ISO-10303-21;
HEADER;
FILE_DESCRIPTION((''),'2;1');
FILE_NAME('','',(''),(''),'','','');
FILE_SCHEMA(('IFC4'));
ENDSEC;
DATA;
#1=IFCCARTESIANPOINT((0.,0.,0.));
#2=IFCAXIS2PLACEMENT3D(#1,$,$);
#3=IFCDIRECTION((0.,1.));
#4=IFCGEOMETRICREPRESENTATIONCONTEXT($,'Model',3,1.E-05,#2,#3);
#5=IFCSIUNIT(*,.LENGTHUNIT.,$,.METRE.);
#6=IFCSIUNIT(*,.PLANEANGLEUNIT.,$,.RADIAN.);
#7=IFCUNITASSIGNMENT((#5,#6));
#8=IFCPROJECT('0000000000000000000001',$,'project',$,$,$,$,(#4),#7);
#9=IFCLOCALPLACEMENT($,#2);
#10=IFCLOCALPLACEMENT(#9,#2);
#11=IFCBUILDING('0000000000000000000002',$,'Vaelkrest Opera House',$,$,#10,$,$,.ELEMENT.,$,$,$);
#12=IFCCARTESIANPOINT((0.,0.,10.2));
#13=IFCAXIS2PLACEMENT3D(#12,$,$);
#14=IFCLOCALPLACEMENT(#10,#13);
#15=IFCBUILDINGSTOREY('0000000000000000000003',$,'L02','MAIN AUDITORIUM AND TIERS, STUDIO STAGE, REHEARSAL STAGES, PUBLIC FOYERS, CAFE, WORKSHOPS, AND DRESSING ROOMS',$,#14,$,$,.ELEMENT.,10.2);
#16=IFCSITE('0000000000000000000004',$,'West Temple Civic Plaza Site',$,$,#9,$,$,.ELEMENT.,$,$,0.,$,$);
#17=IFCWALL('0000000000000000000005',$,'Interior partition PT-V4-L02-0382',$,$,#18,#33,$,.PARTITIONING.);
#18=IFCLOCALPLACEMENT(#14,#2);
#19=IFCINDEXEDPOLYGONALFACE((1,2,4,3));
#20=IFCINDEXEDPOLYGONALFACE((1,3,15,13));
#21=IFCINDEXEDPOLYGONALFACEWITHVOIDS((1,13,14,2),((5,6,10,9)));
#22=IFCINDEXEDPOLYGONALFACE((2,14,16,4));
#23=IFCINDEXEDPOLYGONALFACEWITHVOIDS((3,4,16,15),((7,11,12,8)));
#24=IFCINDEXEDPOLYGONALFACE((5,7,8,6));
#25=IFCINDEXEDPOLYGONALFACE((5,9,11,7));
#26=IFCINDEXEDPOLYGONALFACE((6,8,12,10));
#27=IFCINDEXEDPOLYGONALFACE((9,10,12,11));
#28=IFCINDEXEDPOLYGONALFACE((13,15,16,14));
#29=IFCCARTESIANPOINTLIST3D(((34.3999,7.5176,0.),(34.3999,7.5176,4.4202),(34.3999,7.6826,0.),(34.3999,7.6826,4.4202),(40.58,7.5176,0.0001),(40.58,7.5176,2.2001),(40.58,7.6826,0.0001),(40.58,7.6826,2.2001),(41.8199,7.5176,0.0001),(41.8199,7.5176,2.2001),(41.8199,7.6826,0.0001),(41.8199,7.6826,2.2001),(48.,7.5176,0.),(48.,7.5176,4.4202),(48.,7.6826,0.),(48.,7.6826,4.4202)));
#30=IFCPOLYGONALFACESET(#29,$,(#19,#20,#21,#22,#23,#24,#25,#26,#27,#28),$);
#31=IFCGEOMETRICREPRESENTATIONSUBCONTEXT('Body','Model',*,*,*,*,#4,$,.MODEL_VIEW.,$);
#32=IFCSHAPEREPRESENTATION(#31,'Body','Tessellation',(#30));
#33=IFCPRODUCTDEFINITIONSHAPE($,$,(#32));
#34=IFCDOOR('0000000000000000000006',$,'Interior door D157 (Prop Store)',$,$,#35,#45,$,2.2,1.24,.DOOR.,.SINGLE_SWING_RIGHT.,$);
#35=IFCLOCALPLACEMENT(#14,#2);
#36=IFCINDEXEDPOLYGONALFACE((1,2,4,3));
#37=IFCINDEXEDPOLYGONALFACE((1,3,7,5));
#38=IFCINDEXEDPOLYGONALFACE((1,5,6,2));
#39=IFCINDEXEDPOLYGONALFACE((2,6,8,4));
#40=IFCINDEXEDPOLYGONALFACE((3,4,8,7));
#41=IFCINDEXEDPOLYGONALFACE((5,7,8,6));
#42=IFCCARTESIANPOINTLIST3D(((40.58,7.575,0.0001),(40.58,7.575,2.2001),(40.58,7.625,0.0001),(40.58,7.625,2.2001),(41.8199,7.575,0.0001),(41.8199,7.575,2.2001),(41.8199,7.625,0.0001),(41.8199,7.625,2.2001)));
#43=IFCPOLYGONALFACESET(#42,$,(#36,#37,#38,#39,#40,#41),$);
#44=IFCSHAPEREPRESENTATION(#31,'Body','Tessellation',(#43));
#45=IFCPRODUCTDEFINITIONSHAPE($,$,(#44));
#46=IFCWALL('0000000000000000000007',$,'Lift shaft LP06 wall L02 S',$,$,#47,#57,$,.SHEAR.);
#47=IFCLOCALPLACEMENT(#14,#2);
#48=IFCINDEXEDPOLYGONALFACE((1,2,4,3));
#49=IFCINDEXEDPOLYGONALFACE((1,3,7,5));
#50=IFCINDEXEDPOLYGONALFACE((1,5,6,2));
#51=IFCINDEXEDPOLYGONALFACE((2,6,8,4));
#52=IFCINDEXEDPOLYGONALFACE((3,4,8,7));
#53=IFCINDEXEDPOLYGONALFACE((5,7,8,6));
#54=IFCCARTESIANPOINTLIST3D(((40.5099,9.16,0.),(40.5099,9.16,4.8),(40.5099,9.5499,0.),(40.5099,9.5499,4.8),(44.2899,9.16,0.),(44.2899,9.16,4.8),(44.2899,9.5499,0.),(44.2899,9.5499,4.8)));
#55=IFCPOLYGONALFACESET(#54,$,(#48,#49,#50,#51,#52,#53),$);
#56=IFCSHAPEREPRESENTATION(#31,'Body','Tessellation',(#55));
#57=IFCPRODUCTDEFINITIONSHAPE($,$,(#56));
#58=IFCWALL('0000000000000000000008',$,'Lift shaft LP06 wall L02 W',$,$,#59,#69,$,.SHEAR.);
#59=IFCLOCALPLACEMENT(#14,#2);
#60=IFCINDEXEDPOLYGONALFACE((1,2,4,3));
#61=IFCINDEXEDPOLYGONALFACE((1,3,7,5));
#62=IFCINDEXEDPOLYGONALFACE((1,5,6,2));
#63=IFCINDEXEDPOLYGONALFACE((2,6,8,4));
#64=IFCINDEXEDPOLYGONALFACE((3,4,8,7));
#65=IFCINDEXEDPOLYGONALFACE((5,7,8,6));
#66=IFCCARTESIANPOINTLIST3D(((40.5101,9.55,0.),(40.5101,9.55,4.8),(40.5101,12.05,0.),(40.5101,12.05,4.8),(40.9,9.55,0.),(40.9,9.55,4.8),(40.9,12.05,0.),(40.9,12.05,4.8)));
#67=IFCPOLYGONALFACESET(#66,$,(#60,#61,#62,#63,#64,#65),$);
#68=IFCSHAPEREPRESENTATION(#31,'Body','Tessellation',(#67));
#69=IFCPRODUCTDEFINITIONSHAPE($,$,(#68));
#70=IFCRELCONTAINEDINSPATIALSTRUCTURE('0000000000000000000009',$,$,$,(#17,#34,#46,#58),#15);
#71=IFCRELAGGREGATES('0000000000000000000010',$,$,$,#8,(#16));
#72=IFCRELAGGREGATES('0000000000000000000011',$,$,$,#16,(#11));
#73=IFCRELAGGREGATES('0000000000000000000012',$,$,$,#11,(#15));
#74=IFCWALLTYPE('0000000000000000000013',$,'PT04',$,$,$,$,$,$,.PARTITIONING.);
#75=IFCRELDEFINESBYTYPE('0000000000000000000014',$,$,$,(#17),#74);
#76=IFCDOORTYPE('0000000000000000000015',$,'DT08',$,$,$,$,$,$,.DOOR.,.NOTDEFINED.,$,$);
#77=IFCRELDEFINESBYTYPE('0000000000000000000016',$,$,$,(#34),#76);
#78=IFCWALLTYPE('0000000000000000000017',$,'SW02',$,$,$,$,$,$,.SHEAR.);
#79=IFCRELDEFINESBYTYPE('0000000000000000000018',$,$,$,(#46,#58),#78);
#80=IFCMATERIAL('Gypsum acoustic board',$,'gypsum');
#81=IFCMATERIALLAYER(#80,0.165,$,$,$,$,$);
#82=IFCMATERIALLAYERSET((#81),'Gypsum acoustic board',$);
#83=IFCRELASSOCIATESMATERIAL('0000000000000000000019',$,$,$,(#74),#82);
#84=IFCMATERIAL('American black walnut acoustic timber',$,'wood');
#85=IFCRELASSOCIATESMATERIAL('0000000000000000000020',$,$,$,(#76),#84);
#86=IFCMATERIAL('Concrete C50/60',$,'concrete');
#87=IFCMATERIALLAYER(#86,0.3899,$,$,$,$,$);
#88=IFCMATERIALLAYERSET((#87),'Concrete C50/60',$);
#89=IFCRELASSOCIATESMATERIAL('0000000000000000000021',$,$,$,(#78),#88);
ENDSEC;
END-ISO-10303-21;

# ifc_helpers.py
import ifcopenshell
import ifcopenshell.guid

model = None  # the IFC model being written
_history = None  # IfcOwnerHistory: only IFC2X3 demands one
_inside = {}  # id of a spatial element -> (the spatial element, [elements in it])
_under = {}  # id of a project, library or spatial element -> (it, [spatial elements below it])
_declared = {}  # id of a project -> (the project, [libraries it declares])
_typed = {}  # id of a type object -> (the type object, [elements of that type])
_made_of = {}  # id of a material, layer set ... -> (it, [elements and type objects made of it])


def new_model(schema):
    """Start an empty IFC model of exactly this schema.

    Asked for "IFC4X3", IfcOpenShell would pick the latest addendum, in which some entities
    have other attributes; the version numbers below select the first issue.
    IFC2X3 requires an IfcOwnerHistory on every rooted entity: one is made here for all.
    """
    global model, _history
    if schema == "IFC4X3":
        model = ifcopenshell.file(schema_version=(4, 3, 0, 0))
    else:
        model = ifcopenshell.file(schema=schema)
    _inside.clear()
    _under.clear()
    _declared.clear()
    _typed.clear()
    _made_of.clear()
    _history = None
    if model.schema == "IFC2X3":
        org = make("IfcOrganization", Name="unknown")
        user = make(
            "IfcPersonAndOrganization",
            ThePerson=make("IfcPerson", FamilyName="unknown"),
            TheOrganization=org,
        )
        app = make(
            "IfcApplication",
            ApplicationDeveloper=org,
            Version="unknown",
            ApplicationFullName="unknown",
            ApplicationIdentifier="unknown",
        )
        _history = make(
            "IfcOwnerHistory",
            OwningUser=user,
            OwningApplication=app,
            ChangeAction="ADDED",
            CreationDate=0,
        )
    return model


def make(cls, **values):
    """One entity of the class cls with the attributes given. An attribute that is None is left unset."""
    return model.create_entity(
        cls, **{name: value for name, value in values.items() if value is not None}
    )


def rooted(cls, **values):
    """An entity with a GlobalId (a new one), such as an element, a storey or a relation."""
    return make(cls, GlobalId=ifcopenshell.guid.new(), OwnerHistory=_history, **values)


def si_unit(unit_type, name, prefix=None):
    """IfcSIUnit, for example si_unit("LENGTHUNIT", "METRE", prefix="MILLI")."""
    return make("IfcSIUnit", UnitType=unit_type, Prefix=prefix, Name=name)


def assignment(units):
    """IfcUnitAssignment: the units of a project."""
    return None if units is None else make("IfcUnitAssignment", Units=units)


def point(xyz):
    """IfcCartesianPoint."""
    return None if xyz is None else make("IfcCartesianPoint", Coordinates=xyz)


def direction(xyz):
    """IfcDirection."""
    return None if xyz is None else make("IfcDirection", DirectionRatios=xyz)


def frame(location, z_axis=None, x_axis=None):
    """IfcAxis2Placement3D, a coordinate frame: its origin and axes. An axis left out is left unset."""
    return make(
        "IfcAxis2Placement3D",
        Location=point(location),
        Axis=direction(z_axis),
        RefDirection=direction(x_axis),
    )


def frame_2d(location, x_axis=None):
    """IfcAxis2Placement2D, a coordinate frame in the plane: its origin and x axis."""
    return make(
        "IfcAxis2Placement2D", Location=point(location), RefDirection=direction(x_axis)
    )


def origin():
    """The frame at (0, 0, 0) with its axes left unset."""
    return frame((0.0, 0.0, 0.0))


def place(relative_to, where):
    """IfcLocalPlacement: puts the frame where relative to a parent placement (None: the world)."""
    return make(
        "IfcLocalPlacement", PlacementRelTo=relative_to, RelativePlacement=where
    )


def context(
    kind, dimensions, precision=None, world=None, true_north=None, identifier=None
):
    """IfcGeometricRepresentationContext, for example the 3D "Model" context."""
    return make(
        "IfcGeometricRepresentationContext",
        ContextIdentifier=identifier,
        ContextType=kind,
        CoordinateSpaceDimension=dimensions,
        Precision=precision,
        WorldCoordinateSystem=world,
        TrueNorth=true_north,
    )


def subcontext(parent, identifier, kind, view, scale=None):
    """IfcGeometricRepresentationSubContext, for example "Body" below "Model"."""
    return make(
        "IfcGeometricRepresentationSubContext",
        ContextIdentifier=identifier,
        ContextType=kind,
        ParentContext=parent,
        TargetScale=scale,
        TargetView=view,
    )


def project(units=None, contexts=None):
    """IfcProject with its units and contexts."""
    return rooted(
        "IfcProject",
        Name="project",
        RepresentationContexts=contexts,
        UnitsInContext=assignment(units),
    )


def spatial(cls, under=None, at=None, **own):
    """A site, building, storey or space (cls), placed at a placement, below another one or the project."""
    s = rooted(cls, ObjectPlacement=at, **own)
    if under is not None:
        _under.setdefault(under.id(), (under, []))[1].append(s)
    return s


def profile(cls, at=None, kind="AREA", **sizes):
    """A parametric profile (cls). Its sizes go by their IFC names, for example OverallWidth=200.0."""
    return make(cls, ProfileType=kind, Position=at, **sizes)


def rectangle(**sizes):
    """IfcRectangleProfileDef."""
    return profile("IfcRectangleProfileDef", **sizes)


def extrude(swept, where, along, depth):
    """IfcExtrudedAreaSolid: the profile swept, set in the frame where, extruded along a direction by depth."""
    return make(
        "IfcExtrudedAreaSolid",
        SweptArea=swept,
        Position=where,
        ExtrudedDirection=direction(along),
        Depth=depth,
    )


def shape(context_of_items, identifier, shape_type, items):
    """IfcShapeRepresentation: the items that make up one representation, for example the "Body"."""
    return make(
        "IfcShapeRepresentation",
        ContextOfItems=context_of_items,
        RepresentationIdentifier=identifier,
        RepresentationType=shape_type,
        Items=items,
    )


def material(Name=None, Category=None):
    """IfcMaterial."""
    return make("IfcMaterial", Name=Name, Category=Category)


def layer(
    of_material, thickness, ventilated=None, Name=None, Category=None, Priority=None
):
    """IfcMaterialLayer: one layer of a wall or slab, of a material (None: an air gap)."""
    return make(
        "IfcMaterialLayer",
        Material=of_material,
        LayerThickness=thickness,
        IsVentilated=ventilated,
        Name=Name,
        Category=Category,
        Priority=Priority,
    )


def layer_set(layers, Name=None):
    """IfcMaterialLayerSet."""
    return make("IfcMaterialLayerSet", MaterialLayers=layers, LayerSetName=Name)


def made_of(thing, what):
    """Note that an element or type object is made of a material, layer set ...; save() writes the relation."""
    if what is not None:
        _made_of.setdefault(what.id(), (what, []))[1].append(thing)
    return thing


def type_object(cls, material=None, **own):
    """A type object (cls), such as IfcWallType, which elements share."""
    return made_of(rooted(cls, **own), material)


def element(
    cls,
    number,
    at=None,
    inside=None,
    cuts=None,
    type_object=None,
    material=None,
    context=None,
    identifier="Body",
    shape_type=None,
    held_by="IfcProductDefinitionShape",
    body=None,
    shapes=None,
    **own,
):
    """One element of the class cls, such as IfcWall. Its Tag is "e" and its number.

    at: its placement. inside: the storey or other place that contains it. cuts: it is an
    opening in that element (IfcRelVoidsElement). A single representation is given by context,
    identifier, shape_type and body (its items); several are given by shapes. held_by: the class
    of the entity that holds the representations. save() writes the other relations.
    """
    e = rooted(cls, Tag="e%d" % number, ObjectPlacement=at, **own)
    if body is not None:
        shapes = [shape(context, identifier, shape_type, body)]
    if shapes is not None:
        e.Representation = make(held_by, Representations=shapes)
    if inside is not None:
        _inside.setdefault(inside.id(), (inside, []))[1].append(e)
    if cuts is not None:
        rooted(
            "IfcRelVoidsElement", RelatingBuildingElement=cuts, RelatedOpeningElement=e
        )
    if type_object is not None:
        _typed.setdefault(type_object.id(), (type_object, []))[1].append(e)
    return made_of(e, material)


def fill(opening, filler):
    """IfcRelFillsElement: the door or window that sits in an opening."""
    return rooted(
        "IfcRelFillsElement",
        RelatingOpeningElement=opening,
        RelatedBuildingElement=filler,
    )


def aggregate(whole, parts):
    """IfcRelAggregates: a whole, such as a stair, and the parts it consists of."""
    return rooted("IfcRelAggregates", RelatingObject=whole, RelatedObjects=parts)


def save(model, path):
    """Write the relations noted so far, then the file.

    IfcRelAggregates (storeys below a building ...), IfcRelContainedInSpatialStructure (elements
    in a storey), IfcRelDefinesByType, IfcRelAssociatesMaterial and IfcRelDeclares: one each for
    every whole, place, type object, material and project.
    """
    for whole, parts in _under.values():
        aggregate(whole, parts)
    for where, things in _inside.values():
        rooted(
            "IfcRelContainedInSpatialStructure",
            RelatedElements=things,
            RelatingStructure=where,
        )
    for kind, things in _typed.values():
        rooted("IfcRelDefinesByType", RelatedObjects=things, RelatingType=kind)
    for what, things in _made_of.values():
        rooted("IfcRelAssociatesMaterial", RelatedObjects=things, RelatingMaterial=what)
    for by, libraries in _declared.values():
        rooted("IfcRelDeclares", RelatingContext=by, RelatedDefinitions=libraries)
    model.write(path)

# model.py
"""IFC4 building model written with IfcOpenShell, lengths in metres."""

from ifc_helpers import new_model, si_unit, direction, frame, frame_2d, origin, place, context, subcontext, project, spatial, rectangle, extrude, material, layer, layer_set, type_object, element, fill, save


model = new_model("IFC4")

# Units and contexts
model_context = context("Model", 3, precision=1e-05, world=origin(), true_north=direction((0.0, 1.0)))
body_context = subcontext(model_context, "Body", "Model", "MODEL_VIEW")
ifc_project = project(units=[si_unit("LENGTHUNIT", "METRE"), si_unit("PLANEANGLEUNIT", "RADIAN")], contexts=[model_context])

# Site, building, storey
site_placement = place(None, origin())
site = spatial("IfcSite", under=ifc_project, at=site_placement, Name="West Temple Civic Plaza Site", CompositionType="ELEMENT", RefElevation=0.0)
building_placement = place(site_placement, origin())
building = spatial("IfcBuilding", under=site, at=building_placement, Name="Vaelkrest Opera House", CompositionType="ELEMENT")
storey_placement = place(building_placement, frame((0.0, 0.0, 10.2)))
storey = spatial("IfcBuildingStorey", under=building, at=storey_placement, Name="L02", Description="MAIN AUDITORIUM AND TIERS, STUDIO STAGE, REHEARSAL STAGES, PUBLIC FOYERS, CAFE, WORKSHOPS, AND DRESSING ROOMS", CompositionType="ELEMENT", Elevation=10.2)

# Shared definitions
ifc_material_1 = material(Name="Concrete C50/60", Category="concrete")

# Wall, opening, door
ifc_material_2 = material(Name="Gypsum acoustic board", Category="gypsum")
ifc_layer_1 = layer(ifc_material_2, 0.165)
ifc_layer_set_1 = layer_set([ifc_layer_1], Name="Gypsum acoustic board")
wall_type_1 = type_object("IfcWallType", Name="PT04", PredefinedType="PARTITIONING", material=ifc_layer_set_1)
wall_1_placement = place(storey_placement, frame((34.3999, 7.6001, 0.0), z_axis=(0.0, 0.0, 1.0), x_axis=(1.0, 0.0, 0.0)))
wall_1 = element("IfcWall", 1, at=wall_1_placement, inside=storey, type_object=wall_type_1, Name="Interior partition PT-V4-L02-0382", PredefinedType="PARTITIONING", context=body_context, shape_type="SweptSolid", body=[
    extrude(rectangle(XDim=13.6001, YDim=0.165, at=frame_2d((6.8, 0.0))), origin(), (0.0, 0.0, 1.0), 4.4202),
])
opening_placement = place(wall_1_placement, frame((6.1799, 0.0, 0.0)))
opening = element("IfcOpeningElement", 2, at=opening_placement, cuts=wall_1, PredefinedType="OPENING", context=body_context, shape_type="SweptSolid", body=[
    extrude(rectangle(XDim=1.24, YDim=2.2, at=frame_2d((0.6201, 1.1001))), frame((0.0, 0.0925, 0.0), z_axis=(0.0, -1.0, 0.0), x_axis=(1.0, 0.0, 0.0)), (0.0, 0.0, 1.0), 0.1851),
])
ifc_material_3 = material(Name="American black walnut acoustic timber", Category="wood")
door_type = type_object("IfcDoorType", Name="DT08", OperationType="NOTDEFINED", PredefinedType="DOOR", material=ifc_material_3)
door_placement = place(opening_placement, origin())
door = element("IfcDoor", 3, at=door_placement, inside=storey, type_object=door_type, Name="Interior door D157 (Prop Store)", OperationType="SINGLE_SWING_RIGHT", OverallHeight=2.2, OverallWidth=1.24, PredefinedType="DOOR", context=body_context, shape_type="SweptSolid", body=[
    extrude(rectangle(XDim=1.24, YDim=2.2, at=frame_2d((0.6201, 1.1001))), frame((0.0, 0.0249, 0.0), z_axis=(0.0, -1.0, 0.0), x_axis=(1.0, 0.0, 0.0)), (0.0, 0.0, 1.0), 0.05),
])
fill(opening, door)

# Walls
ifc_layer_2 = layer(ifc_material_1, 0.3899)
ifc_layer_set_2 = layer_set([ifc_layer_2], Name="Concrete C50/60")
wall_type_2 = type_object("IfcWallType", Name="SW02", PredefinedType="SHEAR", material=ifc_layer_set_2)
wall_2_placement = place(storey_placement, frame((44.29, 9.355, 0.0), z_axis=(0.0, 0.0, 1.0), x_axis=(-1.0, 0.0, 0.0)))
element("IfcWall", 4, at=wall_2_placement, inside=storey, type_object=wall_type_2, Name="Lift shaft LP06 wall L02 S", PredefinedType="SHEAR", context=body_context, shape_type="SweptSolid", body=[
    extrude(rectangle(XDim=3.78, YDim=0.3899, at=frame_2d((1.8901, 0.0))), origin(), (0.0, 0.0, 1.0), 4.8),
])
wall_3_placement = place(storey_placement, frame((40.7051, 9.55, 0.0), z_axis=(0.0, 0.0, 1.0), x_axis=(0.0, 1.0, 0.0)))
element("IfcWall", 5, at=wall_3_placement, inside=storey, type_object=wall_type_2, Name="Lift shaft LP06 wall L02 W", PredefinedType="SHEAR", context=body_context, shape_type="SweptSolid", body=[
    extrude(rectangle(XDim=2.5, YDim=0.3899, at=frame_2d((1.25, 0.0))), origin(), (0.0, 0.0, 1.0), 4.8),
])

save(model, "model.ifc")
